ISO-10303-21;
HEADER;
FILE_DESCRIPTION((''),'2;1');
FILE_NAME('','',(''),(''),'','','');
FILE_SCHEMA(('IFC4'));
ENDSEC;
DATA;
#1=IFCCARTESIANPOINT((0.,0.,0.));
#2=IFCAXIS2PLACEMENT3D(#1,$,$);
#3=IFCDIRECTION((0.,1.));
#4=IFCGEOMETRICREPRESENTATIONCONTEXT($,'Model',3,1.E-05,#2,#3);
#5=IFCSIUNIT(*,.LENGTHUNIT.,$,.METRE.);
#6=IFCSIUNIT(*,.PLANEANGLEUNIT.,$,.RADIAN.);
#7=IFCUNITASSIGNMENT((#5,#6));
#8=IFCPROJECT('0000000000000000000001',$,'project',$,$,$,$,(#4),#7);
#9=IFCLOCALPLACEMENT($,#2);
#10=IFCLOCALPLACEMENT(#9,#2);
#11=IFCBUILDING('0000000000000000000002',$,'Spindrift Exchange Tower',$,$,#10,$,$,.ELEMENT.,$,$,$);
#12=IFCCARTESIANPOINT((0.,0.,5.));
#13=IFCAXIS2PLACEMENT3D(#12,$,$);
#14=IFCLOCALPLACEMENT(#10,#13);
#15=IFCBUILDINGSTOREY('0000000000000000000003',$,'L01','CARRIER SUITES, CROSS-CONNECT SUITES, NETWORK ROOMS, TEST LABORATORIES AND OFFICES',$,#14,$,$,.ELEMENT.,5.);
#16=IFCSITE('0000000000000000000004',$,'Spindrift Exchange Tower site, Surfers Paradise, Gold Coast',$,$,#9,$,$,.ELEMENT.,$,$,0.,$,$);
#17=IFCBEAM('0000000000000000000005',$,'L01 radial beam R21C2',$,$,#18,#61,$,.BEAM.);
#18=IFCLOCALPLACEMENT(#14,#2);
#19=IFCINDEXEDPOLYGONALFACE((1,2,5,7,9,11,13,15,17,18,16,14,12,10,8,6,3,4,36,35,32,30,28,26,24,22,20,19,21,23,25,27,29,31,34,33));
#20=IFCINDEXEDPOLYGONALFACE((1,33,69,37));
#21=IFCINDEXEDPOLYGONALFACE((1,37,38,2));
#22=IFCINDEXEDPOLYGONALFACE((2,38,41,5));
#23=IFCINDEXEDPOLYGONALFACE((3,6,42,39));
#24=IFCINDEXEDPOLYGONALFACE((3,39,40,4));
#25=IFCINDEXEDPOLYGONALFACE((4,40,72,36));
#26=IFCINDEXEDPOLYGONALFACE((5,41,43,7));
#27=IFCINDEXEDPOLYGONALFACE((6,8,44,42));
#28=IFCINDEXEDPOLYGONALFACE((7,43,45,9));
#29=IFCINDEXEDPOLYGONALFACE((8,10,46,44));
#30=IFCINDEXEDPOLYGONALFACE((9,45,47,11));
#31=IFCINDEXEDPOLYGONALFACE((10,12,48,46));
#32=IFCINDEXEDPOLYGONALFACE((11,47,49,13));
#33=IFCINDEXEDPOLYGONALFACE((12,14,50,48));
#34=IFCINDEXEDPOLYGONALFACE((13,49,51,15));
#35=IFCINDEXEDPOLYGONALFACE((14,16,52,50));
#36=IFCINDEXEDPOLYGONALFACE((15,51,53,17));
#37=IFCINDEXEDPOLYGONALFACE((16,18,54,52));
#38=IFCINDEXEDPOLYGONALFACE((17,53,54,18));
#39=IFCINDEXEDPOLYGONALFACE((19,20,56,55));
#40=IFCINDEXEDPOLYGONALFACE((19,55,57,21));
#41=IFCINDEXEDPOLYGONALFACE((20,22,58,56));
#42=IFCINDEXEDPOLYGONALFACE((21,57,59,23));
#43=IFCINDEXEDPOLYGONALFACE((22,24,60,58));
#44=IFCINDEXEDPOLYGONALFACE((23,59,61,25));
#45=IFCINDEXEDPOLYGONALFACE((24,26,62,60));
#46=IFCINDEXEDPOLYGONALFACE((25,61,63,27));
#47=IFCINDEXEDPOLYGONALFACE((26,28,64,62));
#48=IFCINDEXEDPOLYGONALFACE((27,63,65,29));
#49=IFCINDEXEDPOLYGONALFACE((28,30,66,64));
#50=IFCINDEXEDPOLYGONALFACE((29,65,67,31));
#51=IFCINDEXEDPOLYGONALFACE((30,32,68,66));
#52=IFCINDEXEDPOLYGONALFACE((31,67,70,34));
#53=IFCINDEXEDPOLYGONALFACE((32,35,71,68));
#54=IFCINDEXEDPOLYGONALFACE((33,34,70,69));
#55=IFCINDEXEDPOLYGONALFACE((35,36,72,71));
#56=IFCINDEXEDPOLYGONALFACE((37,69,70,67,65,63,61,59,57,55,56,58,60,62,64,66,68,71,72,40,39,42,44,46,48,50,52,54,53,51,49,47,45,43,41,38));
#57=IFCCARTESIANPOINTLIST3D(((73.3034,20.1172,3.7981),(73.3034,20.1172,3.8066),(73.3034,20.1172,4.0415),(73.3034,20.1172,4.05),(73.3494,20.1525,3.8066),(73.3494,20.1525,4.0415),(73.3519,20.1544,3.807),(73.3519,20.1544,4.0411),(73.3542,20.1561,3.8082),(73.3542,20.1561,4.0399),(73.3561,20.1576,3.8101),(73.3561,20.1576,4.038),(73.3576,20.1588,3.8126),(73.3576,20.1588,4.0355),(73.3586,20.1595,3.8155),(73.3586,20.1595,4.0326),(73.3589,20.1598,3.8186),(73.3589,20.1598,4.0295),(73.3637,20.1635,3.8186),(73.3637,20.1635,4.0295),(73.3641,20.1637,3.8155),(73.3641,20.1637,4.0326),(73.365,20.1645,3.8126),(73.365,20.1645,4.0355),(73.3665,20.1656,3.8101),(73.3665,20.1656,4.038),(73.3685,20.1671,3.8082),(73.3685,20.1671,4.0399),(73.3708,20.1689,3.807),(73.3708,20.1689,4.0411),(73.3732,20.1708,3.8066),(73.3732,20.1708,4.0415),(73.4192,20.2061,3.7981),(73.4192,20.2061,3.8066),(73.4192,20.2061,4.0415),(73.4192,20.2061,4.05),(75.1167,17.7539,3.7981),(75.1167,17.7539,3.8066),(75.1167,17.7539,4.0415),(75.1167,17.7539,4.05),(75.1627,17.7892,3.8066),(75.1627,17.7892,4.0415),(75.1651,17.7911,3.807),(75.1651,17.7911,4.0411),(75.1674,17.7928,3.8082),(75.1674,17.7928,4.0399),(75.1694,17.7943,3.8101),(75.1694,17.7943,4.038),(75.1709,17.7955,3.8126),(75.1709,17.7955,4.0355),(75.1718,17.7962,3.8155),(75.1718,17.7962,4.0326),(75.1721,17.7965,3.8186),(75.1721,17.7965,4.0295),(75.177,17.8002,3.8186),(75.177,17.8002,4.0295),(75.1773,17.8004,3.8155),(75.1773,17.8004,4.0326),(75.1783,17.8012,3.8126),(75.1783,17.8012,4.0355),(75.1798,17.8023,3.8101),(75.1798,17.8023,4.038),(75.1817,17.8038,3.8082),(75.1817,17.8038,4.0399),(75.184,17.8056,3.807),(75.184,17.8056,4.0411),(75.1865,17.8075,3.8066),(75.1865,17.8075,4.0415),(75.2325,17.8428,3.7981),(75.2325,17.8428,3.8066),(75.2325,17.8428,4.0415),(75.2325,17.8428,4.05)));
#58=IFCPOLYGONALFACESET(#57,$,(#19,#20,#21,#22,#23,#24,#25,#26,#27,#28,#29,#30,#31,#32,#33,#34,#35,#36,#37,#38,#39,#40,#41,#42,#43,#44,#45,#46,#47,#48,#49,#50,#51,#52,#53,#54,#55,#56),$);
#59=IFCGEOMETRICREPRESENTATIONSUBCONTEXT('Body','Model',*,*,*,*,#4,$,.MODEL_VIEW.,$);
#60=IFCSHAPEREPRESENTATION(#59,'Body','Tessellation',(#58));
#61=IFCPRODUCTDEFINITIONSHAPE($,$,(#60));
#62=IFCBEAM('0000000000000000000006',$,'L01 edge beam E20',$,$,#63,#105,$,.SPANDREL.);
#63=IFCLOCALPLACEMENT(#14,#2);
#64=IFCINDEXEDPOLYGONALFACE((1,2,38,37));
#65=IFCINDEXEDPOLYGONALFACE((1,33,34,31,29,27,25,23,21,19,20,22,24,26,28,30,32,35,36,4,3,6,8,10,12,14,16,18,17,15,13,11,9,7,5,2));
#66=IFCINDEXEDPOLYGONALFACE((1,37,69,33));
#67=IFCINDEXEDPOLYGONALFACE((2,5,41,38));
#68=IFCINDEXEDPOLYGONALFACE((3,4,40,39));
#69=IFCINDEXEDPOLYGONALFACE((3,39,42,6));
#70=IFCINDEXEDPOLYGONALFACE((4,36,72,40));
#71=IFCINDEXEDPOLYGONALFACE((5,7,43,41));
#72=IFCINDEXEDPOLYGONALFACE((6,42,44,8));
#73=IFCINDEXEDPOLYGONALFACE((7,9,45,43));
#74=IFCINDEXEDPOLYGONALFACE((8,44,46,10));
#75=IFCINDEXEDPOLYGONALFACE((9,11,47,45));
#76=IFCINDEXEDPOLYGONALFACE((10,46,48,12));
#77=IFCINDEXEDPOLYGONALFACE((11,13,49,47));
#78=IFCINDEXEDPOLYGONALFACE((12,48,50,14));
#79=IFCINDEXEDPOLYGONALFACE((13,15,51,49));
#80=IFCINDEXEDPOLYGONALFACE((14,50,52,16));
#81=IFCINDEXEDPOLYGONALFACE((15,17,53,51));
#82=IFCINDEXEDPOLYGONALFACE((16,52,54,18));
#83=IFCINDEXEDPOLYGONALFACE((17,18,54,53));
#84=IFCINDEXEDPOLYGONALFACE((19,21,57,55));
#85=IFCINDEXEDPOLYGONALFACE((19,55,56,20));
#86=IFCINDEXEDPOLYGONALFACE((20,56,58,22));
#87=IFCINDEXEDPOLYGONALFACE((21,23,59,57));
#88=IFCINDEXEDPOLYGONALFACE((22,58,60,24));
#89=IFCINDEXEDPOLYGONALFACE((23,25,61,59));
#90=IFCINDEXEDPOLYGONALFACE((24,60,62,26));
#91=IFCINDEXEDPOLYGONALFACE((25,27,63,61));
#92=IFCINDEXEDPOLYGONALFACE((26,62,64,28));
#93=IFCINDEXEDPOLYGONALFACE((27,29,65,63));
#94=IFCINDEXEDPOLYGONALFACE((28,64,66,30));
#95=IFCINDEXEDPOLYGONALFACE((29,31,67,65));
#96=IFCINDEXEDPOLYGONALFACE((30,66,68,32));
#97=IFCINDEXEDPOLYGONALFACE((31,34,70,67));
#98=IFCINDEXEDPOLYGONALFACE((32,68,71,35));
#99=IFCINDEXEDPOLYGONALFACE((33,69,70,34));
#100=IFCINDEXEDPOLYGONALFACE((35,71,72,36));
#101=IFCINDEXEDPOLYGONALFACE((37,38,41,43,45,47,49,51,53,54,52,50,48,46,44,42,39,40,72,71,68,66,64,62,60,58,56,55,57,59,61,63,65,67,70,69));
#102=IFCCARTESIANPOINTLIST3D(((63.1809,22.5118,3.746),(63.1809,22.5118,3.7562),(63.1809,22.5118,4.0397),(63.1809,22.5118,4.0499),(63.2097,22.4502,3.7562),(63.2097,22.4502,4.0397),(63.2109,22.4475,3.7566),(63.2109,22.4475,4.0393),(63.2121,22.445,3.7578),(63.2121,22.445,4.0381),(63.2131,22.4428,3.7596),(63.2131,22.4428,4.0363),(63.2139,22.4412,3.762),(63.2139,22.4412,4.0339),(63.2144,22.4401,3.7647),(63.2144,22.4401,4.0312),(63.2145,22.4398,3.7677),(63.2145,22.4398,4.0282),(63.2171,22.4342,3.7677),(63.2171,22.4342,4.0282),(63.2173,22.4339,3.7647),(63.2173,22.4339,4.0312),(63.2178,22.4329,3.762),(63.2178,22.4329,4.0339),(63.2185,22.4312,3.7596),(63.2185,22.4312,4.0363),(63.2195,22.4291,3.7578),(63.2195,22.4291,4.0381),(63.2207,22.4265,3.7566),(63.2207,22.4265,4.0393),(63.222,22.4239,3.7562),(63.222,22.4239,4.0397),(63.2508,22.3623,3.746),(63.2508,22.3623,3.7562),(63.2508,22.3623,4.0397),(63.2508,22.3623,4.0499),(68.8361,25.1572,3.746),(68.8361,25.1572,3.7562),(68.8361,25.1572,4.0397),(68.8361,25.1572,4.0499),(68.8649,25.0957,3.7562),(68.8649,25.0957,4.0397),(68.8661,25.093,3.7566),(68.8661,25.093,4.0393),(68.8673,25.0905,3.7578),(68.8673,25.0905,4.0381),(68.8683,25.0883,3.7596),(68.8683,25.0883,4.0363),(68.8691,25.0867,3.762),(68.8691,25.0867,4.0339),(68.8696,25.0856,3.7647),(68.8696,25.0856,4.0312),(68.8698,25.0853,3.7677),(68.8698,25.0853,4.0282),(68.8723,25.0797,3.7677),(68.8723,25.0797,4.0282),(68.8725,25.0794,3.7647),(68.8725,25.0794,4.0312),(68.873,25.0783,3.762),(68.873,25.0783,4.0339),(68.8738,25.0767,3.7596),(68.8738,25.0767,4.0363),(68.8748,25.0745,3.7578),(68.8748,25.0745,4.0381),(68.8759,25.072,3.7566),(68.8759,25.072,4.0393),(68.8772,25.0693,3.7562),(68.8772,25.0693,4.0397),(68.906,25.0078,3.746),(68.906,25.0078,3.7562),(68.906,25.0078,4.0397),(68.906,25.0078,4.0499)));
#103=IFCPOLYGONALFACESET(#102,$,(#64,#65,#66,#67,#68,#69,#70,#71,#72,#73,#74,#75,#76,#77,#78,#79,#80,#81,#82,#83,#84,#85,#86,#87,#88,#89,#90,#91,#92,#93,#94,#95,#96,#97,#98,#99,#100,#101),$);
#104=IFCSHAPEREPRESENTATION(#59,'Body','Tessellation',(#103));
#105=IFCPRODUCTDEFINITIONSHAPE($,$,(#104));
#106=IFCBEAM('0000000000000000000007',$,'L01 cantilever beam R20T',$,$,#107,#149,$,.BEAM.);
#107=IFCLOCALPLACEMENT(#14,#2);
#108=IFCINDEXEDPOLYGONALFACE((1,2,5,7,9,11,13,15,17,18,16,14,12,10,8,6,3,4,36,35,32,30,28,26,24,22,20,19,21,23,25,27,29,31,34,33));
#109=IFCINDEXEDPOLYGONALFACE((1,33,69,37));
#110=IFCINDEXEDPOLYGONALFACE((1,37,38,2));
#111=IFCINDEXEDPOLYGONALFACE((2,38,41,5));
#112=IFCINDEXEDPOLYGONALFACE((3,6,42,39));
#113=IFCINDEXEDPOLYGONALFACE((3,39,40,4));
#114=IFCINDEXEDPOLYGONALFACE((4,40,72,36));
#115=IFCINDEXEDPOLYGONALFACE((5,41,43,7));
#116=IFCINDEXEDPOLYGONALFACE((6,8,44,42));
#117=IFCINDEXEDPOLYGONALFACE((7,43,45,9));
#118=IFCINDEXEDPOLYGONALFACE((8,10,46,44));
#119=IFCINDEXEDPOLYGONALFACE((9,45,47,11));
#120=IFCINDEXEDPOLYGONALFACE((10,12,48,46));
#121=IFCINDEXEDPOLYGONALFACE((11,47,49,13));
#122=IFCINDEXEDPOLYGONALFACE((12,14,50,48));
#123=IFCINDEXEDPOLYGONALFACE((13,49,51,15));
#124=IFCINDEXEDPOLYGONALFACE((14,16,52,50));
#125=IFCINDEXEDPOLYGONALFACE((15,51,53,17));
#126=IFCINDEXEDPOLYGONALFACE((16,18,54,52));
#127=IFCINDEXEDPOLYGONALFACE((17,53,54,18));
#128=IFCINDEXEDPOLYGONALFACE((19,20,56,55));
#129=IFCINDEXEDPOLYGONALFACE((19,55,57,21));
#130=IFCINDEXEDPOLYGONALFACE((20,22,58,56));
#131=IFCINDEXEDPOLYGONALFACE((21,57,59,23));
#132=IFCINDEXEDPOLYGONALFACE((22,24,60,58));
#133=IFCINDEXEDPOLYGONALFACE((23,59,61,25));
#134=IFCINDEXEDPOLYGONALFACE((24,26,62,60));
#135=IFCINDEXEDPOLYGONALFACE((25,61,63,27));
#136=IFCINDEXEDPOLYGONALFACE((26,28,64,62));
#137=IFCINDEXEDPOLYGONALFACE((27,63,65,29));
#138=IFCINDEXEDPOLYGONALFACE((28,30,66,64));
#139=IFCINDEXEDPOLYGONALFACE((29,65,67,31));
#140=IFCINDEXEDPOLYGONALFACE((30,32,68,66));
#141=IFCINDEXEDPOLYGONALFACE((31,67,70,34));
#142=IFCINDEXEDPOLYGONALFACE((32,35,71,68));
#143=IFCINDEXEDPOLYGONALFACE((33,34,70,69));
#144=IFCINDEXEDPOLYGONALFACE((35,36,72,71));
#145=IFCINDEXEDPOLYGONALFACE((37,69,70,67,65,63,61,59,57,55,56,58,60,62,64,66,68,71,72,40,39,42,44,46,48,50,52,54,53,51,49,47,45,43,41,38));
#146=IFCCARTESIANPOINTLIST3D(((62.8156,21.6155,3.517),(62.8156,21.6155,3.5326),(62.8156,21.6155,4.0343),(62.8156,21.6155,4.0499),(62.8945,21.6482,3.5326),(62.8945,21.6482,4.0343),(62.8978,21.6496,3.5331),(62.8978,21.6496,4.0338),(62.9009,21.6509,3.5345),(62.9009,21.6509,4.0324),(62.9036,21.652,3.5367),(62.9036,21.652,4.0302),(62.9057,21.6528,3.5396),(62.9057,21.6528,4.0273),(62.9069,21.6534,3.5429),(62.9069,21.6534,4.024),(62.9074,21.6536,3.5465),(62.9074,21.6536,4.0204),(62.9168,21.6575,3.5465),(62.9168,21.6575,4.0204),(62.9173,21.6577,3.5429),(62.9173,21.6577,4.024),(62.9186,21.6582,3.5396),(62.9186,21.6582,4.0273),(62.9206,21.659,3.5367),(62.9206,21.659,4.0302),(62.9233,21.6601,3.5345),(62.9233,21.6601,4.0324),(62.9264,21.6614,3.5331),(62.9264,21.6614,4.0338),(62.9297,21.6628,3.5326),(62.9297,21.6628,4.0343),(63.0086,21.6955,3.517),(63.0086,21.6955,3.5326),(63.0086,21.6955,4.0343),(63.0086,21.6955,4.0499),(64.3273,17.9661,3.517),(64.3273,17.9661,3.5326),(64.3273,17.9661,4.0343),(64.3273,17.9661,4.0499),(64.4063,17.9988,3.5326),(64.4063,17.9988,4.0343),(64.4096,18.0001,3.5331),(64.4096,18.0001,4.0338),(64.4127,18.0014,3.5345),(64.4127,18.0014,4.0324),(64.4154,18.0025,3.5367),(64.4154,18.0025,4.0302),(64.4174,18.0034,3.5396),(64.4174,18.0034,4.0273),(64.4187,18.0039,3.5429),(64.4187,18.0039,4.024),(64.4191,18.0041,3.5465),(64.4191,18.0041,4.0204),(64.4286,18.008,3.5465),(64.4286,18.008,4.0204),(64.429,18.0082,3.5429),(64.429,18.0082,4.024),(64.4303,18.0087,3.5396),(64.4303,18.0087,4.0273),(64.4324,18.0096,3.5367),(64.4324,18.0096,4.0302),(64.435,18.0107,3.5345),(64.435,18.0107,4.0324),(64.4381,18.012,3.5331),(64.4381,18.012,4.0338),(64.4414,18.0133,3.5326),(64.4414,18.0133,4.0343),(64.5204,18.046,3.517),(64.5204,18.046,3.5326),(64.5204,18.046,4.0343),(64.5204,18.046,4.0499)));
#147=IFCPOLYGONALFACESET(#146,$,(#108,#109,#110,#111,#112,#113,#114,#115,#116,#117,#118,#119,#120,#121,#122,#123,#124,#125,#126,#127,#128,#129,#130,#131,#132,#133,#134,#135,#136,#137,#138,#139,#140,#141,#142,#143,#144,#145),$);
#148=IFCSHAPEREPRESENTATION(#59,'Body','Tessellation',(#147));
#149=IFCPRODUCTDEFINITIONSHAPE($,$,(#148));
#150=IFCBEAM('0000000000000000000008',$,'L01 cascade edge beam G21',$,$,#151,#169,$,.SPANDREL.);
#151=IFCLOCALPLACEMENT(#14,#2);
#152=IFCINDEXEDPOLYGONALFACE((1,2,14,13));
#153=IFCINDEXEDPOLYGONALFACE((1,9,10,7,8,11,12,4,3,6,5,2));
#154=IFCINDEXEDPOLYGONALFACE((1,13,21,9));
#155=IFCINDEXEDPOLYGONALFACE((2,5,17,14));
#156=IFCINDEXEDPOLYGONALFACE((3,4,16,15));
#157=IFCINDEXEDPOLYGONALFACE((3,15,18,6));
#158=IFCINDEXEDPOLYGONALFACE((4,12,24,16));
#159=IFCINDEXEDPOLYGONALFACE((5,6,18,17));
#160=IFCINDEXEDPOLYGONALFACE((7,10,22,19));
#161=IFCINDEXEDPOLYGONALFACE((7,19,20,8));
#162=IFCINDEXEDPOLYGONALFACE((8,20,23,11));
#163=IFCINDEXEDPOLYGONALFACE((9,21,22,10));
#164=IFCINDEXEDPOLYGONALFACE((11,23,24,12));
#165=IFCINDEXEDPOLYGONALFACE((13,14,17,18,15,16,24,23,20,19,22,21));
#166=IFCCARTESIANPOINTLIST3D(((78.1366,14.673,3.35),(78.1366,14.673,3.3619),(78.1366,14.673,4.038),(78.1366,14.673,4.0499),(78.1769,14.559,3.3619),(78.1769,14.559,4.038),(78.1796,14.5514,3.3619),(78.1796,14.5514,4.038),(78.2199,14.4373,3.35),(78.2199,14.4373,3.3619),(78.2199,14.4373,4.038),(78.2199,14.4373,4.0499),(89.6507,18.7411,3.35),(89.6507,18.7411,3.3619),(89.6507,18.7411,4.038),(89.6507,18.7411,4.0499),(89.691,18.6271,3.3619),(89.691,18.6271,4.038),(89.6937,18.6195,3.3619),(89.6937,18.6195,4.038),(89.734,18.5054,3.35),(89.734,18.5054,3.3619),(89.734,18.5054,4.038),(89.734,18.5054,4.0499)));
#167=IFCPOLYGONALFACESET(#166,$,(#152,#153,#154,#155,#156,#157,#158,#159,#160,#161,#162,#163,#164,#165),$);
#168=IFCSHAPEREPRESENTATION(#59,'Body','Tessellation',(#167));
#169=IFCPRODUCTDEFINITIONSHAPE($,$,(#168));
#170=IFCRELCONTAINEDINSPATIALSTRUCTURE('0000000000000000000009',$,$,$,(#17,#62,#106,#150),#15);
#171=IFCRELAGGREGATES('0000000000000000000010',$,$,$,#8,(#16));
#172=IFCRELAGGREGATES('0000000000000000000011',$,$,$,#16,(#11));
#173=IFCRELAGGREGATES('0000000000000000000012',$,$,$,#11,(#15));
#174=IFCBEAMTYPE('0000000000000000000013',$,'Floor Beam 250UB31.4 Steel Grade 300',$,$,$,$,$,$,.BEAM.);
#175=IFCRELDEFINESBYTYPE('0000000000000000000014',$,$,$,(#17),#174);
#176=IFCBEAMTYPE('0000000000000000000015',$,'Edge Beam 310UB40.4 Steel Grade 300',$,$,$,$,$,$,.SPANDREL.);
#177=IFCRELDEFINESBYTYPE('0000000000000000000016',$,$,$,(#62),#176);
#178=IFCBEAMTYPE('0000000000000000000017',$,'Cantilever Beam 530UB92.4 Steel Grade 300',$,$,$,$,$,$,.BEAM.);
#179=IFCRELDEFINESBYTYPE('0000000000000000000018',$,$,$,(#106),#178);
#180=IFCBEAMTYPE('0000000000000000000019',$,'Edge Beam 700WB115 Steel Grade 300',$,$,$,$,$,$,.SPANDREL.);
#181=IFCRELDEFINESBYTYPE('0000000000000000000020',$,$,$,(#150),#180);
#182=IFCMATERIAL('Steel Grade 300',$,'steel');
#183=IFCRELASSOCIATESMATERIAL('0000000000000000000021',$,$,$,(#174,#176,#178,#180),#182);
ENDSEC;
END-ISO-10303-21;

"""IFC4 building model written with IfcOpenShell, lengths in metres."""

from ifc_helpers import new_model, si_unit, direction, frame, origin, origin_2d, place, context, subcontext, project, spatial, i_section, extrude, source, transform, mapped, material, material_profile, profile_set, type_object, element, save


model = new_model("IFC4")

# Units and contexts
model_context = context("Model", 3, precision=1e-05, world=origin(), true_north=direction((0.0, 1.0)))
body_context = subcontext(model_context, "Body", "Model", "MODEL_VIEW")
ifc_project = project(units=[si_unit("LENGTHUNIT", "METRE"), si_unit("PLANEANGLEUNIT", "RADIAN")], contexts=[model_context])

# Site, building, storey
site_placement = place(None, origin())
site = spatial("IfcSite", under=ifc_project, at=site_placement, Name="Spindrift Exchange Tower site, Surfers Paradise, Gold Coast", CompositionType="ELEMENT", RefElevation=0.0)
building_placement = place(site_placement, origin())
building = spatial("IfcBuilding", under=site, at=building_placement, Name="Spindrift Exchange Tower", CompositionType="ELEMENT")
storey_placement = place(building_placement, frame((0.0, 0.0, 5.0)))
storey = spatial("IfcBuildingStorey", under=building, at=storey_placement, Name="L01", Description="CARRIER SUITES, CROSS-CONNECT SUITES, NETWORK ROOMS, TEST LABORATORIES AND OFFICES", CompositionType="ELEMENT", Elevation=5.0)

# Beams
ifc_material_1 = material(Name="Steel Grade 300", Category="steel")
ifc_material_profile_1 = material_profile(ifc_material_1, i_section(OverallWidth=0.146, OverallDepth=0.252, WebThickness=0.0061, FlangeThickness=0.0085, FilletRadius=0.012, at=origin_2d()), Name="250UB31.4")
ifc_profile_set_1 = profile_set([ifc_material_profile_1], Name="Steel Grade 300")
beam_type_1 = type_object("IfcBeamType", Name="Floor Beam 250UB31.4 Steel Grade 300", PredefinedType="BEAM", material=ifc_profile_set_1)
shared_shape_1 = source(origin(), body_context, "Body", "SweptSolid", [
    extrude(i_section(OverallWidth=0.146, OverallDepth=0.252, WebThickness=0.0061, FlangeThickness=0.0085, FilletRadius=0.012, at=origin_2d()), origin(), (0.0, 0.0, 1.0), 2.9788),
])
beam_1_placement = place(storey_placement, frame((73.3613, 20.1616, 3.9241), z_axis=(0.608724, -0.793382, 0.0), x_axis=(0.793382, 0.608724, 0.0)))
element("IfcBeam", 1, at=beam_1_placement, inside=storey, type_object=beam_type_1, Name="L01 radial beam R21C2", PredefinedType="BEAM", context=body_context, shape_type="MappedRepresentation", body=[
    mapped(shared_shape_1, transform((0.0, 0.0, 0.0), scale=1.0)),
])
ifc_material_profile_2 = material_profile(ifc_material_1, i_section(OverallWidth=0.165, OverallDepth=0.304, WebThickness=0.0061, FlangeThickness=0.0103, FilletRadius=0.0115, at=origin_2d()), Name="310UB40.4")
ifc_profile_set_2 = profile_set([ifc_material_profile_2], Name="Steel Grade 300")
beam_type_2 = type_object("IfcBeamType", Name="Edge Beam 310UB40.4 Steel Grade 300", PredefinedType="SPANDREL", material=ifc_profile_set_2)
shared_shape_2 = source(origin(), body_context, "Body", "SweptSolid", [
    extrude(i_section(OverallWidth=0.165, OverallDepth=0.304, WebThickness=0.0061, FlangeThickness=0.0103, FilletRadius=0.0115, at=origin_2d()), origin(), (0.0, 0.0, 1.0), 6.2434),
])
beam_2_placement = place(storey_placement, frame((63.2158, 22.437, 3.8979), z_axis=(0.905791, 0.423724, 0.0), x_axis=(-0.423724, 0.905791, 0.0)))
element("IfcBeam", 2, at=beam_2_placement, inside=storey, type_object=beam_type_2, Name="L01 edge beam E20", PredefinedType="SPANDREL", context=body_context, shape_type="MappedRepresentation", body=[
    mapped(shared_shape_2, transform((0.0, 0.0, 0.0), scale=1.0)),
])
ifc_material_profile_3 = material_profile(ifc_material_1, i_section(OverallWidth=0.209, OverallDepth=0.533, WebThickness=0.0103, FlangeThickness=0.0156, FilletRadius=0.0139, at=origin_2d()), Name="530UB92.4")
ifc_profile_set_3 = profile_set([ifc_material_profile_3], Name="Steel Grade 300")
beam_type_3 = type_object("IfcBeamType", Name="Cantilever Beam 530UB92.4 Steel Grade 300", PredefinedType="BEAM", material=ifc_profile_set_3)
shared_shape_3 = source(origin(), body_context, "Body", "SweptSolid", [
    extrude(i_section(OverallWidth=0.209, OverallDepth=0.533, WebThickness=0.0103, FlangeThickness=0.0156, FilletRadius=0.0139, at=origin_2d()), origin(), (0.0, 0.0, 1.0), 3.9502),
])
beam_3_placement = place(storey_placement, frame((62.9121, 21.6555, 3.7834), z_axis=(0.382701, -0.923872, 0.0), x_axis=(0.923872, 0.382701, 0.0)))
element("IfcBeam", 3, at=beam_3_placement, inside=storey, type_object=beam_type_3, Name="L01 cantilever beam R20T", PredefinedType="BEAM", context=body_context, shape_type="MappedRepresentation", body=[
    mapped(shared_shape_3, transform((0.0, 0.0, 0.0), scale=1.0)),
])
ifc_material_profile_4 = material_profile(ifc_material_1, i_section(OverallWidth=0.25, OverallDepth=0.7, WebThickness=0.0081, FlangeThickness=0.012, at=origin_2d()), Name="700WB115")
ifc_profile_set_4 = profile_set([ifc_material_profile_4], Name="Steel Grade 300")
beam_type_4 = type_object("IfcBeamType", Name="Edge Beam 700WB115 Steel Grade 300", PredefinedType="SPANDREL", material=ifc_profile_set_4)
shared_shape_4 = source(origin(), body_context, "Body", "SweptSolid", [
    extrude(i_section(OverallWidth=0.25, OverallDepth=0.7, WebThickness=0.0081, FlangeThickness=0.012, at=origin_2d()), origin(), (0.0, 0.0, 1.0), 12.2117),
])
beam_4_placement = place(storey_placement, frame((78.1782, 14.5552, 3.7), z_axis=(0.94288, 0.333133, 0.0), x_axis=(-0.333133, 0.94288, 0.0)))
element("IfcBeam", 4, at=beam_4_placement, inside=storey, type_object=beam_type_4, Name="L01 cascade edge beam G21", PredefinedType="SPANDREL", context=body_context, shape_type="MappedRepresentation", body=[
    mapped(shared_shape_4, transform((0.0, 0.0, 0.0), scale=1.0)),
])

save(model, "model.ifc")
